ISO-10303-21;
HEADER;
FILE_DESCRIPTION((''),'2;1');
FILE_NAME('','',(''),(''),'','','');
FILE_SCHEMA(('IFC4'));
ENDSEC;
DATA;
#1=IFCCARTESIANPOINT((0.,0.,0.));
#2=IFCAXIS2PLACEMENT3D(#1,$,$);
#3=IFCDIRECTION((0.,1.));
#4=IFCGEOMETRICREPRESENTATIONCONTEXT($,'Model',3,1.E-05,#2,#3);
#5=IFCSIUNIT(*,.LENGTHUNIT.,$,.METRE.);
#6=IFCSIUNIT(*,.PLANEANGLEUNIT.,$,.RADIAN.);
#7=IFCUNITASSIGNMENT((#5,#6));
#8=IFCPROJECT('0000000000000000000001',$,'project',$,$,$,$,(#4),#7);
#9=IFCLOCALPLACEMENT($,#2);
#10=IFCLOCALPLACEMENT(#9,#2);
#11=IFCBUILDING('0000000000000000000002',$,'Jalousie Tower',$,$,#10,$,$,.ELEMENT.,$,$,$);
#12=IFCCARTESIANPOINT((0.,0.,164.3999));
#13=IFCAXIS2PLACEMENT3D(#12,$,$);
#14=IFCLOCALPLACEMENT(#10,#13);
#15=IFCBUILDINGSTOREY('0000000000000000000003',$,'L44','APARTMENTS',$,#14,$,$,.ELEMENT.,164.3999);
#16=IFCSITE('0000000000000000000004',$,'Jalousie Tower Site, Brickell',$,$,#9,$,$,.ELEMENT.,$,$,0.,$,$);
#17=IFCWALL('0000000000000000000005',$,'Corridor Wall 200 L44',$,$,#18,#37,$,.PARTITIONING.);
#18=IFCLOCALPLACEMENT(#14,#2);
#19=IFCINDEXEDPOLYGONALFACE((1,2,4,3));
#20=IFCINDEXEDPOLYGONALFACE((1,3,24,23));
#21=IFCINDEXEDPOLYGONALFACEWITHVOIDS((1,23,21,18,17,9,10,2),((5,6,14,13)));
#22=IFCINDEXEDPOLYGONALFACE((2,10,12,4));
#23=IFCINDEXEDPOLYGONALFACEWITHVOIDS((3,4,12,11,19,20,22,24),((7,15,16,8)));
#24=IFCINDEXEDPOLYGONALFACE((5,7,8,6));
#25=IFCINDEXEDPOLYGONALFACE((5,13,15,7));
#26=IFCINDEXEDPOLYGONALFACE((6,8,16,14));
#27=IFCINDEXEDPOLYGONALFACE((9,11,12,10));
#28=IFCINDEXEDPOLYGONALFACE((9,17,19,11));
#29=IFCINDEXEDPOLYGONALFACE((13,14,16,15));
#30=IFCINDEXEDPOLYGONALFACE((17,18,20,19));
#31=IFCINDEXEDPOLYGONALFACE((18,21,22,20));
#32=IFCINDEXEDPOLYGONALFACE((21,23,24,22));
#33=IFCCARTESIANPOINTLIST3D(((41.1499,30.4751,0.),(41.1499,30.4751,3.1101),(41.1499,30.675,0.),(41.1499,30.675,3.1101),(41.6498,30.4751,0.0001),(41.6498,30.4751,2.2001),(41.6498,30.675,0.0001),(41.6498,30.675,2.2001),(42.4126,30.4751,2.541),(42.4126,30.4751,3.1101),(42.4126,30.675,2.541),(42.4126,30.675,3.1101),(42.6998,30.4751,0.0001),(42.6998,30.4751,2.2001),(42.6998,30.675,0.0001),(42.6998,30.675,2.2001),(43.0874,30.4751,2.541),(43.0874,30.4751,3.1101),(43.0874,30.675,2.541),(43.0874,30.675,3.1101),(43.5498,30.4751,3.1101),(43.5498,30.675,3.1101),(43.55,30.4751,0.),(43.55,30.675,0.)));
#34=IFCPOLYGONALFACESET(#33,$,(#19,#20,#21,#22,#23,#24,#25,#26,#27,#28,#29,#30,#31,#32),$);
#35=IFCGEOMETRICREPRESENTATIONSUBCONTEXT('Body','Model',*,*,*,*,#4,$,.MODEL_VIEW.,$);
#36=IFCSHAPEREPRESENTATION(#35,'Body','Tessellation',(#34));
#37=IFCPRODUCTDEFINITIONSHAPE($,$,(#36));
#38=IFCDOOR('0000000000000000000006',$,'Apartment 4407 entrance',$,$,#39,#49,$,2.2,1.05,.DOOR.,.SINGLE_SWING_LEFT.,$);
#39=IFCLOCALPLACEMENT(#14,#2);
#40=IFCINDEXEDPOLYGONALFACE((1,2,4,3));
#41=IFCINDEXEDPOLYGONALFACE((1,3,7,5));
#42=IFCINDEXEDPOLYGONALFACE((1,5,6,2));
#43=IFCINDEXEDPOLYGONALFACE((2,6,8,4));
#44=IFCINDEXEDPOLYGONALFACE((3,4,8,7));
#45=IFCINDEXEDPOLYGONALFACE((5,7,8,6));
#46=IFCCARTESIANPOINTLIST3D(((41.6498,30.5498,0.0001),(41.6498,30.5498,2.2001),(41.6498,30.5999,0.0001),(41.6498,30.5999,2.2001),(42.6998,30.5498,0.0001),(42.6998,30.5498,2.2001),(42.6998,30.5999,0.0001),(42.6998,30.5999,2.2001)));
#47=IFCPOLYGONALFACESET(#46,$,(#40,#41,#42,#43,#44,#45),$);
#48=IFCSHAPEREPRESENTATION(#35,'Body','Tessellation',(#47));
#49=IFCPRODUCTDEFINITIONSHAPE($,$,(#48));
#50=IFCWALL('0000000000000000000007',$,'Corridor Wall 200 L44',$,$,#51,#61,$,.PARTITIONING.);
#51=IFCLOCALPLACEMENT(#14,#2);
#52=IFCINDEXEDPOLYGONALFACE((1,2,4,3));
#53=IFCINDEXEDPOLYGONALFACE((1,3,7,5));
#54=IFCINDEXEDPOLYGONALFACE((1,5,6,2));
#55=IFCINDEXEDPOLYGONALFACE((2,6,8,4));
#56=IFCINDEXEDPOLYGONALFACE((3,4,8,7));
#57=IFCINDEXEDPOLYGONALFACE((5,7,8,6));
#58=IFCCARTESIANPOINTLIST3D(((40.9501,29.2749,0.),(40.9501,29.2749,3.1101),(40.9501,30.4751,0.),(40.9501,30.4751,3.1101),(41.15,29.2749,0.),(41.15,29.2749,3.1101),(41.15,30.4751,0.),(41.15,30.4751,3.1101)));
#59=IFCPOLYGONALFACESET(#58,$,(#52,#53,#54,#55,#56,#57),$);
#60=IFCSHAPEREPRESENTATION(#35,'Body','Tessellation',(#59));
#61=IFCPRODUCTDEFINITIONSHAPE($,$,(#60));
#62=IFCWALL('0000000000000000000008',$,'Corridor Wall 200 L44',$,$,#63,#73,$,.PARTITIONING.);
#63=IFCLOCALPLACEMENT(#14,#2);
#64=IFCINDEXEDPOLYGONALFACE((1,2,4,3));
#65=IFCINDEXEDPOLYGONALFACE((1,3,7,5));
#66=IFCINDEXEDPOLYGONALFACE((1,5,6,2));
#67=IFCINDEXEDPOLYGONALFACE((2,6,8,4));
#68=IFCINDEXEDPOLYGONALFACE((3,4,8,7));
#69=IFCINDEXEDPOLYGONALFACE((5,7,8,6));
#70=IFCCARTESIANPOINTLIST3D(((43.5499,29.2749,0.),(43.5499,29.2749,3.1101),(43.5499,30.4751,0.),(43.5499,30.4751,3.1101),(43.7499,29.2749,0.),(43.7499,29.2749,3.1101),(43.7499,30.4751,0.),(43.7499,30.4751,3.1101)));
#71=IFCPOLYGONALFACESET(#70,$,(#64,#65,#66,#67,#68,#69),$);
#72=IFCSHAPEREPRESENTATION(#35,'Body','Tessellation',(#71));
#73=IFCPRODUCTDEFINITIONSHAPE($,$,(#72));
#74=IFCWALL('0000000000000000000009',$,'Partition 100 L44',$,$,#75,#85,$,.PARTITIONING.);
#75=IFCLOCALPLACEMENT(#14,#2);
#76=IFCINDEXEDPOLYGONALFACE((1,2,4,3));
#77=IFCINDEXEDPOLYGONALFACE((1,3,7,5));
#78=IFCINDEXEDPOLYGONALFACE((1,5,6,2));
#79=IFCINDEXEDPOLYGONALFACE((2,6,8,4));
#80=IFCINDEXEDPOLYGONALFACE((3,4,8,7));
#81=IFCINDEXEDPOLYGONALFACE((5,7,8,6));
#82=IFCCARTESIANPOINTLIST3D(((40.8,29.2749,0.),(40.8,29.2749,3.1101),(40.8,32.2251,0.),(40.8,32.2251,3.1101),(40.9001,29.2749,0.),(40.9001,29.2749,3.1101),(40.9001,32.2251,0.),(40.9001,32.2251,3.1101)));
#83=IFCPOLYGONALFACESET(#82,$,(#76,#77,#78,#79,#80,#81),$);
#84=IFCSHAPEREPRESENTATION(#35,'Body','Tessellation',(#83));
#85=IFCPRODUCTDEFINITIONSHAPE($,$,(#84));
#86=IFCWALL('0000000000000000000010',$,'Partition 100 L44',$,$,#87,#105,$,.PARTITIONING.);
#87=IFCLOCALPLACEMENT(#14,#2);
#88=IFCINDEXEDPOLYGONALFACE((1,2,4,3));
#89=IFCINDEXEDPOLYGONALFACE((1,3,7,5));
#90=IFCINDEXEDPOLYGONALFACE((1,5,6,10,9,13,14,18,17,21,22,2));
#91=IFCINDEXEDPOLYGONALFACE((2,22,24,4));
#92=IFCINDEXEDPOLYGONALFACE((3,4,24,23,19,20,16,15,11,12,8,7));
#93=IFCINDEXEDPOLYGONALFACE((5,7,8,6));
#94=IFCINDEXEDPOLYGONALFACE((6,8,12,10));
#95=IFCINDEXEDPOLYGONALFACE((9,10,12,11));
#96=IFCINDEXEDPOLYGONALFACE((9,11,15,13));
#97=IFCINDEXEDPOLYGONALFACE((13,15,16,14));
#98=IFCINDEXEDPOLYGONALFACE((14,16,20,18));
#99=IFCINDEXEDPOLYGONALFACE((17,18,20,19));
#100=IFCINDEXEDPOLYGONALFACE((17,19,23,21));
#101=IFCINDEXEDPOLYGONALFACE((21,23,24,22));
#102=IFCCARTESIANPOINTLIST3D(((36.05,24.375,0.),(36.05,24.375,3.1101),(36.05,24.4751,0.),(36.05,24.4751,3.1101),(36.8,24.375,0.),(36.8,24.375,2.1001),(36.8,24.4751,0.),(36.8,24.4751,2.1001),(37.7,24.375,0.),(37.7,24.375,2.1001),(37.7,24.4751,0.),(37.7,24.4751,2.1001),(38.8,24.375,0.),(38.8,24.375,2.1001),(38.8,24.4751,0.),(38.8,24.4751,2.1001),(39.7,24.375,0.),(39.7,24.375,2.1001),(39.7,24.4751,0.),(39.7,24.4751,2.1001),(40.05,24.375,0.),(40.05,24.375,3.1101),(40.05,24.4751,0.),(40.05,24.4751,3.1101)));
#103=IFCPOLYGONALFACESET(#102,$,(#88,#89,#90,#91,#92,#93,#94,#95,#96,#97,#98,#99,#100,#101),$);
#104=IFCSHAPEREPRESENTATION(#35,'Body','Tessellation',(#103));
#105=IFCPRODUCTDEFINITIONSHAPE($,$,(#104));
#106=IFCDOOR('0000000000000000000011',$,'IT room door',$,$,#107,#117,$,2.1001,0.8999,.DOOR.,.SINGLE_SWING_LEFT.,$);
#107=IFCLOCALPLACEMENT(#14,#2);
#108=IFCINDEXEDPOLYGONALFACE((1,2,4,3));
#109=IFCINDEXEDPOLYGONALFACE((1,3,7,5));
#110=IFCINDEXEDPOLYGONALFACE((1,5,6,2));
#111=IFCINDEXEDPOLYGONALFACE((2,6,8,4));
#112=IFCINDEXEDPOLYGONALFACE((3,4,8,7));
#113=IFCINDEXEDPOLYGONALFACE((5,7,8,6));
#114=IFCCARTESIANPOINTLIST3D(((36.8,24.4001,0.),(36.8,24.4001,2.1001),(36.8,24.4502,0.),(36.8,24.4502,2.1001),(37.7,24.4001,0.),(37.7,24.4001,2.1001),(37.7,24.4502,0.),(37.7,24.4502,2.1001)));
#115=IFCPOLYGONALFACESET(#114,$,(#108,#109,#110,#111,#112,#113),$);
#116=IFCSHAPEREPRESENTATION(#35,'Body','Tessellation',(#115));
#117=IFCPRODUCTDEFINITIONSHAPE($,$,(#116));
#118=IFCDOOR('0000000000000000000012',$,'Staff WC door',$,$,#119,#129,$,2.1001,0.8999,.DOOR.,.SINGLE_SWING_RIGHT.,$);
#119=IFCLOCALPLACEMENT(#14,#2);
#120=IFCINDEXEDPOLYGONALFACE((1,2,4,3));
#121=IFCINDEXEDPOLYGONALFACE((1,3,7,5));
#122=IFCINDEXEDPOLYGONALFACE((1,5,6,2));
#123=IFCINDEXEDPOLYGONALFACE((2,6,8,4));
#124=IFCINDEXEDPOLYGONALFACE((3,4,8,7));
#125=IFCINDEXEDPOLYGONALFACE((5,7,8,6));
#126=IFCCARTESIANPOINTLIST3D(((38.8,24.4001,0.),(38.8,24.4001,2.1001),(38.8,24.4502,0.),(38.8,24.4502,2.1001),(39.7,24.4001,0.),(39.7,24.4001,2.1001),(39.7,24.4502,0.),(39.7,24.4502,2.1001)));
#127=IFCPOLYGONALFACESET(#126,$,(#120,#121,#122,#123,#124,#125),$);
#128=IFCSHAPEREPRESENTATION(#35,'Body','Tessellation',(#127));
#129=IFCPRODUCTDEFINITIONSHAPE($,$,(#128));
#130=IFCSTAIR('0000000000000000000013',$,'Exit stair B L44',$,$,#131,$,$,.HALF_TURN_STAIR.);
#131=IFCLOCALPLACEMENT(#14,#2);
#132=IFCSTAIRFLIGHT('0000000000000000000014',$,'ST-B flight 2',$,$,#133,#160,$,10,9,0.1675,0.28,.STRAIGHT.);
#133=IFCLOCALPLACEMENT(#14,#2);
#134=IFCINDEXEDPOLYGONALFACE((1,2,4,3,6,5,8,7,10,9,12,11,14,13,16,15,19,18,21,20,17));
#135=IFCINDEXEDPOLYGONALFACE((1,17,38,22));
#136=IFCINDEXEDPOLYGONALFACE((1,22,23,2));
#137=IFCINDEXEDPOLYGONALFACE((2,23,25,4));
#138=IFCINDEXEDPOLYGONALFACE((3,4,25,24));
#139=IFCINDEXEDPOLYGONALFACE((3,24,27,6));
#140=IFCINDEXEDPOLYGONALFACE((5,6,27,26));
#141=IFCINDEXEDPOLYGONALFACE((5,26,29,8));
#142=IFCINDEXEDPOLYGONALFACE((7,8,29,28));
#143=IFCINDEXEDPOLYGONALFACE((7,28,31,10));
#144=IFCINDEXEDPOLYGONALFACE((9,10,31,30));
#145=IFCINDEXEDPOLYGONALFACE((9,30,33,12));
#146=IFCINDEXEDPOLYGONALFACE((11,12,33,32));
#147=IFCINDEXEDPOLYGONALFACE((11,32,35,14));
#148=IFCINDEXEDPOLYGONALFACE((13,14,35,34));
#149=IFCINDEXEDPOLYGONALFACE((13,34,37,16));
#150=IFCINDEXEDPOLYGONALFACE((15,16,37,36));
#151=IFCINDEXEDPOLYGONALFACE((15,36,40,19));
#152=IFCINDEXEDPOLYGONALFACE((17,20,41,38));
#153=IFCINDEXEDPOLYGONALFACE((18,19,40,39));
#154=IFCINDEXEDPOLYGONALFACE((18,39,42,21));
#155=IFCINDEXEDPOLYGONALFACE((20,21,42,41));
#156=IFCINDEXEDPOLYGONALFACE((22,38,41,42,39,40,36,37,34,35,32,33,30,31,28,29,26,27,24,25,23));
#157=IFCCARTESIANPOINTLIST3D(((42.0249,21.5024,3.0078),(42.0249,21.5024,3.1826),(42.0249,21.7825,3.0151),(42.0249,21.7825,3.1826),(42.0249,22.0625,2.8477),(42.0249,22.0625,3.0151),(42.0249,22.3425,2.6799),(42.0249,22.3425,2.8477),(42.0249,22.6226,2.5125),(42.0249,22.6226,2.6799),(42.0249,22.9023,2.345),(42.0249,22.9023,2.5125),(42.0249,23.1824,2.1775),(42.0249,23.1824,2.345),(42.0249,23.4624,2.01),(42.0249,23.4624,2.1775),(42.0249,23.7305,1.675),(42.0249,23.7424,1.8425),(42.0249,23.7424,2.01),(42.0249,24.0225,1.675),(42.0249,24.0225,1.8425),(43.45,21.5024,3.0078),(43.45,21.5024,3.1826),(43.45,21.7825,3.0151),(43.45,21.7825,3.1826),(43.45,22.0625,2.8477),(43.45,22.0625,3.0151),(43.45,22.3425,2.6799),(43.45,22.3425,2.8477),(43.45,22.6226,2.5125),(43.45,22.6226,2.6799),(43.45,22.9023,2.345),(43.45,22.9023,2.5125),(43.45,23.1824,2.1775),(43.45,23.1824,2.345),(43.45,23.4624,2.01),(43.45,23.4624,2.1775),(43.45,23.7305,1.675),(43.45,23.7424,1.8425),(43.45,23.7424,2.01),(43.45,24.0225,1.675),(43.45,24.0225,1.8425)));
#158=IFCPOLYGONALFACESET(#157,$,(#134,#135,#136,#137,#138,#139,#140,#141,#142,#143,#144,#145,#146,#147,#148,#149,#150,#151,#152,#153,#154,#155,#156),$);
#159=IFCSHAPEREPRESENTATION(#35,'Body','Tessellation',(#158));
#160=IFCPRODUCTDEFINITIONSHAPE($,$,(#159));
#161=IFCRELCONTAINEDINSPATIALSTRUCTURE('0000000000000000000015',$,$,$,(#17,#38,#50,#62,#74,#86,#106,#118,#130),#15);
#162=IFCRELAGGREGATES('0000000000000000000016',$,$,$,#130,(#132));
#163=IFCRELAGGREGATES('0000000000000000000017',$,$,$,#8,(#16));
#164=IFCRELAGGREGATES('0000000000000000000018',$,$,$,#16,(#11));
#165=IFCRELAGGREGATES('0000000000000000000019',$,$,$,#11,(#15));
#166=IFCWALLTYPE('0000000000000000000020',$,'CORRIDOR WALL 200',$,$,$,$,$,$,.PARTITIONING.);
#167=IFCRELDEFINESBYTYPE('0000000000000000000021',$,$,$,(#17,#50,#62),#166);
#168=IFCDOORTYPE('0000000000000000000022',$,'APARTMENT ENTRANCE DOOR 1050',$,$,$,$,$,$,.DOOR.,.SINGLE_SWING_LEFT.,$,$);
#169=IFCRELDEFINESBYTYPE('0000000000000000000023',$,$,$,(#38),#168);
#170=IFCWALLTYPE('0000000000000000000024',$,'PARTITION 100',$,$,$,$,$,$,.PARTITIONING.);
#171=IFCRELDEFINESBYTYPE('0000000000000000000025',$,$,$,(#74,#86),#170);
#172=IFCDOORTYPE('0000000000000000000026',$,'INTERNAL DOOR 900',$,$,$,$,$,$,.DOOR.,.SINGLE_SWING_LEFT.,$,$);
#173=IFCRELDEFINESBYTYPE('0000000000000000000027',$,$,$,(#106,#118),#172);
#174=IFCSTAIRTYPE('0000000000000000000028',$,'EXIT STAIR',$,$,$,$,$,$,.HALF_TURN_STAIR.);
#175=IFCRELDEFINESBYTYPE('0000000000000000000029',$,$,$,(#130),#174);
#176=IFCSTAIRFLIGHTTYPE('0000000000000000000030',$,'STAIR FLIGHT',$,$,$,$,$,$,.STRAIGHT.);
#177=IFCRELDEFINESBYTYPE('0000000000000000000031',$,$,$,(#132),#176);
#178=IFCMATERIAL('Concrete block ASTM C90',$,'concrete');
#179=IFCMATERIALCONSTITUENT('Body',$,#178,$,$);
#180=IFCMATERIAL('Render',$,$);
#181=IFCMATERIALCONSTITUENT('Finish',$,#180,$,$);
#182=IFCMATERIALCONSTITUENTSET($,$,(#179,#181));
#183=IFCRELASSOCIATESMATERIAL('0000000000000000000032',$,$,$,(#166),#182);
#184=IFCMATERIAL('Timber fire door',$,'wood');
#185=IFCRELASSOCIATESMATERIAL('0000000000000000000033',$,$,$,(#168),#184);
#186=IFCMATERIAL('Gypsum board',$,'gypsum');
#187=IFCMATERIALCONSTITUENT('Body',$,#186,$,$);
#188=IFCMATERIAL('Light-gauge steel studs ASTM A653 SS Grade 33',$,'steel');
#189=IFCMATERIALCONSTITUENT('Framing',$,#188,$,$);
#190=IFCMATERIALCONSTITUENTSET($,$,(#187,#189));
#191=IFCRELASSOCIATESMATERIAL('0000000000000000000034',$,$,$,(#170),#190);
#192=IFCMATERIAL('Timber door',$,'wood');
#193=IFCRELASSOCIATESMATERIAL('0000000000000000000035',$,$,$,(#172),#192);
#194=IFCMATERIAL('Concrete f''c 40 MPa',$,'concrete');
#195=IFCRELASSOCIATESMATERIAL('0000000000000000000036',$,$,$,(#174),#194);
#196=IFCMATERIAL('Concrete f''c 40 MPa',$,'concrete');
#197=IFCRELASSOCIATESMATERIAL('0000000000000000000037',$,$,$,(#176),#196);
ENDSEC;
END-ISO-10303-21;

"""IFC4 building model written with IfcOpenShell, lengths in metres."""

from ifc_helpers import new_model, si_unit, direction, frame, frame_2d, origin, place, context, subcontext, project, spatial, polyline, rectangle, outline, extrude, material, constituent, constituent_set, type_object, element, fill, aggregate, save


model = new_model("IFC4")

# Units and contexts
model_context = context("Model", 3, precision=1e-05, world=origin(), true_north=direction((0.0, 1.0)))
body_context = subcontext(model_context, "Body", "Model", "MODEL_VIEW")
ifc_project = project(units=[si_unit("LENGTHUNIT", "METRE"), si_unit("PLANEANGLEUNIT", "RADIAN")], contexts=[model_context])

# Site, building, storey
site_placement = place(None, origin())
site = spatial("IfcSite", under=ifc_project, at=site_placement, Name="Jalousie Tower Site, Brickell", CompositionType="ELEMENT", RefElevation=0.0)
building_placement = place(site_placement, origin())
building = spatial("IfcBuilding", under=site, at=building_placement, Name="Jalousie Tower", CompositionType="ELEMENT")
storey_placement = place(building_placement, frame((0.0, 0.0, 164.3999)))
storey = spatial("IfcBuildingStorey", under=building, at=storey_placement, Name="L44", Description="APARTMENTS", CompositionType="ELEMENT", Elevation=164.3999)

# Shared definitions
ifc_material_1 = material(Name="Concrete block ASTM C90", Category="concrete")
ifc_constituent_1 = constituent(ifc_material_1, Name="Body")
ifc_material_2 = material(Name="Render")
ifc_constituent_2 = constituent(ifc_material_2, Name="Finish")
ifc_constituent_set_1 = constituent_set(constituents=[ifc_constituent_1, ifc_constituent_2])
wall_type_1 = type_object("IfcWallType", Name="CORRIDOR WALL 200", PredefinedType="PARTITIONING", material=ifc_constituent_set_1)

# Wall, opening, door
wall_1_placement = place(storey_placement, frame((41.1499, 30.575, 0.0), z_axis=(0.0, 0.0, 1.0), x_axis=(1.0, 0.0, 0.0)))
wall_1 = element("IfcWall", 1, at=wall_1_placement, inside=storey, type_object=wall_type_1, Name="Corridor Wall 200 L44", PredefinedType="PARTITIONING", context=body_context, shape_type="SweptSolid", body=[
    extrude(outline(polyline([(0.0, 0.0), (2.4001, 0.0), (2.3999, 3.1101), (1.9375, 3.1101), (1.9375, 2.541), (1.2627, 2.541), (1.2627, 3.1101), (0.0, 3.1101), (0.0, 0.0)])), frame((0.0, 0.1001, 0.0), z_axis=(0.0, -1.0, 0.0), x_axis=(1.0, 0.0, 0.0)), (0.0, 0.0, 1.0), 0.2),
])
opening_1_placement = place(wall_1_placement, frame((0.5, 0.0, 0.0)))
opening_1 = element("IfcOpeningElement", 2, at=opening_1_placement, cuts=wall_1, PredefinedType="OPENING", context=body_context, shape_type="SweptSolid", body=[
    extrude(rectangle(XDim=1.05, YDim=2.2, at=frame_2d((0.5249, 1.1001))), frame((0.0, 0.1099, 0.0), z_axis=(0.0, -1.0, 0.0), x_axis=(1.0, 0.0, 0.0)), (0.0, 0.0, 1.0), 0.22),
])
ifc_material_3 = material(Name="Timber fire door", Category="wood")
door_type_1 = type_object("IfcDoorType", Name="APARTMENT ENTRANCE DOOR 1050", OperationType="SINGLE_SWING_LEFT", PredefinedType="DOOR", material=ifc_material_3)
door_1_placement = place(opening_1_placement, origin())
door_1 = element("IfcDoor", 3, at=door_1_placement, inside=storey, type_object=door_type_1, Name="Apartment 4407 entrance", OperationType="SINGLE_SWING_LEFT", OverallHeight=2.2, OverallWidth=1.05, PredefinedType="DOOR", context=body_context, shape_type="SweptSolid", body=[
    extrude(rectangle(XDim=1.05, YDim=2.2, at=frame_2d((0.5249, 1.1001))), frame((0.0, 0.0249, 0.0), z_axis=(0.0, -1.0, 0.0), x_axis=(1.0, 0.0, 0.0)), (0.0, 0.0, 1.0), 0.05),
])
fill(opening_1, door_1)

# Walls
for number, where, z_axis, x_axis, name in (
    (4, (41.05, 29.2749, 0.0), (0.0, 0.0, 1.0), (0.0, 1.0, 0.0), "Corridor Wall 200 L44"),
    (5, (43.6499, 29.2749, 0.0), (0.0, 0.0, 1.0), (0.0, 1.0, 0.0), "Corridor Wall 200 L44"),
):
    element("IfcWall", number, at=place(storey_placement, frame(where, z_axis=z_axis, x_axis=x_axis)), inside=storey, type_object=wall_type_1, Name=name, PredefinedType="PARTITIONING", context=body_context, shape_type="SweptSolid", body=[
        extrude(rectangle(XDim=1.2002, YDim=0.2, at=frame_2d((0.6001, 0.0))), origin(), (0.0, 0.0, 1.0), 3.1101),
    ])
ifc_material_4 = material(Name="Gypsum board", Category="gypsum")
ifc_constituent_3 = constituent(ifc_material_4, Name="Body")
ifc_material_5 = material(Name="Light-gauge steel studs ASTM A653 SS Grade 33", Category="steel")
ifc_constituent_4 = constituent(ifc_material_5, Name="Framing")
ifc_constituent_set_2 = constituent_set(constituents=[ifc_constituent_3, ifc_constituent_4])
wall_type_2 = type_object("IfcWallType", Name="PARTITION 100", PredefinedType="PARTITIONING", material=ifc_constituent_set_2)
wall_2_placement = place(storey_placement, frame((40.8501, 32.2251, 0.0), z_axis=(0.0, 0.0, 1.0), x_axis=(0.0, -1.0, 0.0)))
element("IfcWall", 6, at=wall_2_placement, inside=storey, type_object=wall_type_2, Name="Partition 100 L44", PredefinedType="PARTITIONING", context=body_context, shape_type="SweptSolid", body=[
    extrude(rectangle(XDim=2.9502, YDim=0.1001, at=frame_2d((1.4751, 0.0))), origin(), (0.0, 0.0, 1.0), 3.1101),
])

# Wall, openings, doors
wall_3_placement = place(storey_placement, frame((36.05, 24.425, 0.0), z_axis=(0.0, 0.0, 1.0), x_axis=(1.0, 0.0, 0.0)))
wall_3 = element("IfcWall", 7, at=wall_3_placement, inside=storey, type_object=wall_type_2, Name="Partition 100 L44", PredefinedType="PARTITIONING", context=body_context, shape_type="SweptSolid", body=[
    extrude(rectangle(XDim=4.0, YDim=0.1001, at=frame_2d((2.0, 0.0))), origin(), (0.0, 0.0, 1.0), 3.1101),
])
opening_2_placement = place(wall_3_placement, frame((0.75, 0.0, 0.0)))
opening_2 = element("IfcOpeningElement", 8, at=opening_2_placement, cuts=wall_3, PredefinedType="OPENING", context=body_context, shape_type="SweptSolid", body=[
    extrude(rectangle(XDim=0.8999, YDim=2.1001, at=frame_2d((0.45, 1.05))), frame((0.0, 0.0601, 0.0), z_axis=(0.0, -1.0, 0.0), x_axis=(1.0, 0.0, 0.0)), (0.0, 0.0, 1.0), 0.1201),
])
opening_3_placement = place(wall_3_placement, frame((2.75, 0.0, 0.0)))
opening_3 = element("IfcOpeningElement", 9, at=opening_3_placement, cuts=wall_3, PredefinedType="OPENING", context=body_context, shape_type="SweptSolid", body=[
    extrude(rectangle(XDim=0.8999, YDim=2.1001, at=frame_2d((0.45, 1.05))), frame((0.0, 0.0601, 0.0), z_axis=(0.0, -1.0, 0.0), x_axis=(1.0, 0.0, 0.0)), (0.0, 0.0, 1.0), 0.1201),
])
ifc_material_6 = material(Name="Timber door", Category="wood")
door_type_2 = type_object("IfcDoorType", Name="INTERNAL DOOR 900", OperationType="SINGLE_SWING_LEFT", PredefinedType="DOOR", material=ifc_material_6)
door_2_placement = place(opening_2_placement, frame((0.8999, 0.0, 0.0), z_axis=(0.0, 0.0, 1.0), x_axis=(-1.0, 0.0, 0.0)))
door_2 = element("IfcDoor", 10, at=door_2_placement, inside=storey, type_object=door_type_2, Name="IT room door", OperationType="SINGLE_SWING_LEFT", OverallHeight=2.1001, OverallWidth=0.8999, PredefinedType="DOOR", context=body_context, shape_type="SweptSolid", body=[
    extrude(rectangle(XDim=0.8999, YDim=2.1001, at=frame_2d((0.45, 1.05))), frame((0.0, 0.0249, 0.0), z_axis=(0.0, -1.0, 0.0), x_axis=(1.0, 0.0, 0.0)), (0.0, 0.0, 1.0), 0.05),
])
fill(opening_2, door_2)
door_3_placement = place(opening_3_placement, frame((0.8999, 0.0, 0.0), z_axis=(0.0, 0.0, 1.0), x_axis=(-1.0, 0.0, 0.0)))
door_3 = element("IfcDoor", 11, at=door_3_placement, inside=storey, type_object=door_type_2, Name="Staff WC door", OperationType="SINGLE_SWING_RIGHT", OverallHeight=2.1001, OverallWidth=0.8999, PredefinedType="DOOR", context=body_context, shape_type="SweptSolid", body=[
    extrude(rectangle(XDim=0.8999, YDim=2.1001, at=frame_2d((0.45, 1.05))), frame((0.0, 0.0249, 0.0), z_axis=(0.0, -1.0, 0.0), x_axis=(1.0, 0.0, 0.0)), (0.0, 0.0, 1.0), 0.05),
])
fill(opening_3, door_3)

# Stair, stair flight
ifc_material_7 = material(Name="Concrete f'c 40 MPa", Category="concrete")
stair_type = type_object("IfcStairType", Name="EXIT STAIR", PredefinedType="HALF_TURN_STAIR", material=ifc_material_7)
stair_placement = place(storey_placement, origin())
stair = element("IfcStair", 12, at=stair_placement, inside=storey, type_object=stair_type, Name="Exit stair B L44", PredefinedType="HALF_TURN_STAIR")
ifc_material_8 = material(Name="Concrete f'c 40 MPa", Category="concrete")
stair_flight_type = type_object("IfcStairFlightType", Name="STAIR FLIGHT", PredefinedType="STRAIGHT", material=ifc_material_8)
stair_flight_placement = place(storey_placement, frame((42.7375, 24.0225, 1.675), z_axis=(0.0, 0.0, 1.0), x_axis=(0.0, -1.0, 0.0)))
stair_flight = element("IfcStairFlight", 13, at=stair_flight_placement, type_object=stair_flight_type, Name="ST-B flight 2", NumberOfRisers=10, NumberOfTreads=9, PredefinedType="STRAIGHT", RiserHeight=0.1675, TreadLength=0.28, context=body_context, shape_type="SweptSolid", body=[
    extrude(outline(polyline([(0.0, 0.0), (0.0, 0.1675), (0.28, 0.1675), (0.28, 0.335), (0.5601, 0.335), (0.5601, 0.5024), (0.8401, 0.5024), (0.8401, 0.6699), (1.1201, 0.6699), (1.1201, 0.8374), (1.3999, 0.8374), (1.3999, 1.0049), (1.6799, 1.0049), (1.6799, 1.1726), (1.96, 1.1726), (1.96, 1.3401), (2.24, 1.3401), (2.24, 1.5076), (2.52, 1.5076), (2.52, 1.675), (2.52, 1.3328), (0.292, 0.0), (0.0, 0.0)])), frame((0.0, 0.7124, 0.0), z_axis=(0.0, -1.0, 0.0), x_axis=(1.0, 0.0, 0.0)), (0.0, 0.0, 1.0), 1.425),
])
aggregate(stair, [stair_flight])

save(model, "model.ifc")
